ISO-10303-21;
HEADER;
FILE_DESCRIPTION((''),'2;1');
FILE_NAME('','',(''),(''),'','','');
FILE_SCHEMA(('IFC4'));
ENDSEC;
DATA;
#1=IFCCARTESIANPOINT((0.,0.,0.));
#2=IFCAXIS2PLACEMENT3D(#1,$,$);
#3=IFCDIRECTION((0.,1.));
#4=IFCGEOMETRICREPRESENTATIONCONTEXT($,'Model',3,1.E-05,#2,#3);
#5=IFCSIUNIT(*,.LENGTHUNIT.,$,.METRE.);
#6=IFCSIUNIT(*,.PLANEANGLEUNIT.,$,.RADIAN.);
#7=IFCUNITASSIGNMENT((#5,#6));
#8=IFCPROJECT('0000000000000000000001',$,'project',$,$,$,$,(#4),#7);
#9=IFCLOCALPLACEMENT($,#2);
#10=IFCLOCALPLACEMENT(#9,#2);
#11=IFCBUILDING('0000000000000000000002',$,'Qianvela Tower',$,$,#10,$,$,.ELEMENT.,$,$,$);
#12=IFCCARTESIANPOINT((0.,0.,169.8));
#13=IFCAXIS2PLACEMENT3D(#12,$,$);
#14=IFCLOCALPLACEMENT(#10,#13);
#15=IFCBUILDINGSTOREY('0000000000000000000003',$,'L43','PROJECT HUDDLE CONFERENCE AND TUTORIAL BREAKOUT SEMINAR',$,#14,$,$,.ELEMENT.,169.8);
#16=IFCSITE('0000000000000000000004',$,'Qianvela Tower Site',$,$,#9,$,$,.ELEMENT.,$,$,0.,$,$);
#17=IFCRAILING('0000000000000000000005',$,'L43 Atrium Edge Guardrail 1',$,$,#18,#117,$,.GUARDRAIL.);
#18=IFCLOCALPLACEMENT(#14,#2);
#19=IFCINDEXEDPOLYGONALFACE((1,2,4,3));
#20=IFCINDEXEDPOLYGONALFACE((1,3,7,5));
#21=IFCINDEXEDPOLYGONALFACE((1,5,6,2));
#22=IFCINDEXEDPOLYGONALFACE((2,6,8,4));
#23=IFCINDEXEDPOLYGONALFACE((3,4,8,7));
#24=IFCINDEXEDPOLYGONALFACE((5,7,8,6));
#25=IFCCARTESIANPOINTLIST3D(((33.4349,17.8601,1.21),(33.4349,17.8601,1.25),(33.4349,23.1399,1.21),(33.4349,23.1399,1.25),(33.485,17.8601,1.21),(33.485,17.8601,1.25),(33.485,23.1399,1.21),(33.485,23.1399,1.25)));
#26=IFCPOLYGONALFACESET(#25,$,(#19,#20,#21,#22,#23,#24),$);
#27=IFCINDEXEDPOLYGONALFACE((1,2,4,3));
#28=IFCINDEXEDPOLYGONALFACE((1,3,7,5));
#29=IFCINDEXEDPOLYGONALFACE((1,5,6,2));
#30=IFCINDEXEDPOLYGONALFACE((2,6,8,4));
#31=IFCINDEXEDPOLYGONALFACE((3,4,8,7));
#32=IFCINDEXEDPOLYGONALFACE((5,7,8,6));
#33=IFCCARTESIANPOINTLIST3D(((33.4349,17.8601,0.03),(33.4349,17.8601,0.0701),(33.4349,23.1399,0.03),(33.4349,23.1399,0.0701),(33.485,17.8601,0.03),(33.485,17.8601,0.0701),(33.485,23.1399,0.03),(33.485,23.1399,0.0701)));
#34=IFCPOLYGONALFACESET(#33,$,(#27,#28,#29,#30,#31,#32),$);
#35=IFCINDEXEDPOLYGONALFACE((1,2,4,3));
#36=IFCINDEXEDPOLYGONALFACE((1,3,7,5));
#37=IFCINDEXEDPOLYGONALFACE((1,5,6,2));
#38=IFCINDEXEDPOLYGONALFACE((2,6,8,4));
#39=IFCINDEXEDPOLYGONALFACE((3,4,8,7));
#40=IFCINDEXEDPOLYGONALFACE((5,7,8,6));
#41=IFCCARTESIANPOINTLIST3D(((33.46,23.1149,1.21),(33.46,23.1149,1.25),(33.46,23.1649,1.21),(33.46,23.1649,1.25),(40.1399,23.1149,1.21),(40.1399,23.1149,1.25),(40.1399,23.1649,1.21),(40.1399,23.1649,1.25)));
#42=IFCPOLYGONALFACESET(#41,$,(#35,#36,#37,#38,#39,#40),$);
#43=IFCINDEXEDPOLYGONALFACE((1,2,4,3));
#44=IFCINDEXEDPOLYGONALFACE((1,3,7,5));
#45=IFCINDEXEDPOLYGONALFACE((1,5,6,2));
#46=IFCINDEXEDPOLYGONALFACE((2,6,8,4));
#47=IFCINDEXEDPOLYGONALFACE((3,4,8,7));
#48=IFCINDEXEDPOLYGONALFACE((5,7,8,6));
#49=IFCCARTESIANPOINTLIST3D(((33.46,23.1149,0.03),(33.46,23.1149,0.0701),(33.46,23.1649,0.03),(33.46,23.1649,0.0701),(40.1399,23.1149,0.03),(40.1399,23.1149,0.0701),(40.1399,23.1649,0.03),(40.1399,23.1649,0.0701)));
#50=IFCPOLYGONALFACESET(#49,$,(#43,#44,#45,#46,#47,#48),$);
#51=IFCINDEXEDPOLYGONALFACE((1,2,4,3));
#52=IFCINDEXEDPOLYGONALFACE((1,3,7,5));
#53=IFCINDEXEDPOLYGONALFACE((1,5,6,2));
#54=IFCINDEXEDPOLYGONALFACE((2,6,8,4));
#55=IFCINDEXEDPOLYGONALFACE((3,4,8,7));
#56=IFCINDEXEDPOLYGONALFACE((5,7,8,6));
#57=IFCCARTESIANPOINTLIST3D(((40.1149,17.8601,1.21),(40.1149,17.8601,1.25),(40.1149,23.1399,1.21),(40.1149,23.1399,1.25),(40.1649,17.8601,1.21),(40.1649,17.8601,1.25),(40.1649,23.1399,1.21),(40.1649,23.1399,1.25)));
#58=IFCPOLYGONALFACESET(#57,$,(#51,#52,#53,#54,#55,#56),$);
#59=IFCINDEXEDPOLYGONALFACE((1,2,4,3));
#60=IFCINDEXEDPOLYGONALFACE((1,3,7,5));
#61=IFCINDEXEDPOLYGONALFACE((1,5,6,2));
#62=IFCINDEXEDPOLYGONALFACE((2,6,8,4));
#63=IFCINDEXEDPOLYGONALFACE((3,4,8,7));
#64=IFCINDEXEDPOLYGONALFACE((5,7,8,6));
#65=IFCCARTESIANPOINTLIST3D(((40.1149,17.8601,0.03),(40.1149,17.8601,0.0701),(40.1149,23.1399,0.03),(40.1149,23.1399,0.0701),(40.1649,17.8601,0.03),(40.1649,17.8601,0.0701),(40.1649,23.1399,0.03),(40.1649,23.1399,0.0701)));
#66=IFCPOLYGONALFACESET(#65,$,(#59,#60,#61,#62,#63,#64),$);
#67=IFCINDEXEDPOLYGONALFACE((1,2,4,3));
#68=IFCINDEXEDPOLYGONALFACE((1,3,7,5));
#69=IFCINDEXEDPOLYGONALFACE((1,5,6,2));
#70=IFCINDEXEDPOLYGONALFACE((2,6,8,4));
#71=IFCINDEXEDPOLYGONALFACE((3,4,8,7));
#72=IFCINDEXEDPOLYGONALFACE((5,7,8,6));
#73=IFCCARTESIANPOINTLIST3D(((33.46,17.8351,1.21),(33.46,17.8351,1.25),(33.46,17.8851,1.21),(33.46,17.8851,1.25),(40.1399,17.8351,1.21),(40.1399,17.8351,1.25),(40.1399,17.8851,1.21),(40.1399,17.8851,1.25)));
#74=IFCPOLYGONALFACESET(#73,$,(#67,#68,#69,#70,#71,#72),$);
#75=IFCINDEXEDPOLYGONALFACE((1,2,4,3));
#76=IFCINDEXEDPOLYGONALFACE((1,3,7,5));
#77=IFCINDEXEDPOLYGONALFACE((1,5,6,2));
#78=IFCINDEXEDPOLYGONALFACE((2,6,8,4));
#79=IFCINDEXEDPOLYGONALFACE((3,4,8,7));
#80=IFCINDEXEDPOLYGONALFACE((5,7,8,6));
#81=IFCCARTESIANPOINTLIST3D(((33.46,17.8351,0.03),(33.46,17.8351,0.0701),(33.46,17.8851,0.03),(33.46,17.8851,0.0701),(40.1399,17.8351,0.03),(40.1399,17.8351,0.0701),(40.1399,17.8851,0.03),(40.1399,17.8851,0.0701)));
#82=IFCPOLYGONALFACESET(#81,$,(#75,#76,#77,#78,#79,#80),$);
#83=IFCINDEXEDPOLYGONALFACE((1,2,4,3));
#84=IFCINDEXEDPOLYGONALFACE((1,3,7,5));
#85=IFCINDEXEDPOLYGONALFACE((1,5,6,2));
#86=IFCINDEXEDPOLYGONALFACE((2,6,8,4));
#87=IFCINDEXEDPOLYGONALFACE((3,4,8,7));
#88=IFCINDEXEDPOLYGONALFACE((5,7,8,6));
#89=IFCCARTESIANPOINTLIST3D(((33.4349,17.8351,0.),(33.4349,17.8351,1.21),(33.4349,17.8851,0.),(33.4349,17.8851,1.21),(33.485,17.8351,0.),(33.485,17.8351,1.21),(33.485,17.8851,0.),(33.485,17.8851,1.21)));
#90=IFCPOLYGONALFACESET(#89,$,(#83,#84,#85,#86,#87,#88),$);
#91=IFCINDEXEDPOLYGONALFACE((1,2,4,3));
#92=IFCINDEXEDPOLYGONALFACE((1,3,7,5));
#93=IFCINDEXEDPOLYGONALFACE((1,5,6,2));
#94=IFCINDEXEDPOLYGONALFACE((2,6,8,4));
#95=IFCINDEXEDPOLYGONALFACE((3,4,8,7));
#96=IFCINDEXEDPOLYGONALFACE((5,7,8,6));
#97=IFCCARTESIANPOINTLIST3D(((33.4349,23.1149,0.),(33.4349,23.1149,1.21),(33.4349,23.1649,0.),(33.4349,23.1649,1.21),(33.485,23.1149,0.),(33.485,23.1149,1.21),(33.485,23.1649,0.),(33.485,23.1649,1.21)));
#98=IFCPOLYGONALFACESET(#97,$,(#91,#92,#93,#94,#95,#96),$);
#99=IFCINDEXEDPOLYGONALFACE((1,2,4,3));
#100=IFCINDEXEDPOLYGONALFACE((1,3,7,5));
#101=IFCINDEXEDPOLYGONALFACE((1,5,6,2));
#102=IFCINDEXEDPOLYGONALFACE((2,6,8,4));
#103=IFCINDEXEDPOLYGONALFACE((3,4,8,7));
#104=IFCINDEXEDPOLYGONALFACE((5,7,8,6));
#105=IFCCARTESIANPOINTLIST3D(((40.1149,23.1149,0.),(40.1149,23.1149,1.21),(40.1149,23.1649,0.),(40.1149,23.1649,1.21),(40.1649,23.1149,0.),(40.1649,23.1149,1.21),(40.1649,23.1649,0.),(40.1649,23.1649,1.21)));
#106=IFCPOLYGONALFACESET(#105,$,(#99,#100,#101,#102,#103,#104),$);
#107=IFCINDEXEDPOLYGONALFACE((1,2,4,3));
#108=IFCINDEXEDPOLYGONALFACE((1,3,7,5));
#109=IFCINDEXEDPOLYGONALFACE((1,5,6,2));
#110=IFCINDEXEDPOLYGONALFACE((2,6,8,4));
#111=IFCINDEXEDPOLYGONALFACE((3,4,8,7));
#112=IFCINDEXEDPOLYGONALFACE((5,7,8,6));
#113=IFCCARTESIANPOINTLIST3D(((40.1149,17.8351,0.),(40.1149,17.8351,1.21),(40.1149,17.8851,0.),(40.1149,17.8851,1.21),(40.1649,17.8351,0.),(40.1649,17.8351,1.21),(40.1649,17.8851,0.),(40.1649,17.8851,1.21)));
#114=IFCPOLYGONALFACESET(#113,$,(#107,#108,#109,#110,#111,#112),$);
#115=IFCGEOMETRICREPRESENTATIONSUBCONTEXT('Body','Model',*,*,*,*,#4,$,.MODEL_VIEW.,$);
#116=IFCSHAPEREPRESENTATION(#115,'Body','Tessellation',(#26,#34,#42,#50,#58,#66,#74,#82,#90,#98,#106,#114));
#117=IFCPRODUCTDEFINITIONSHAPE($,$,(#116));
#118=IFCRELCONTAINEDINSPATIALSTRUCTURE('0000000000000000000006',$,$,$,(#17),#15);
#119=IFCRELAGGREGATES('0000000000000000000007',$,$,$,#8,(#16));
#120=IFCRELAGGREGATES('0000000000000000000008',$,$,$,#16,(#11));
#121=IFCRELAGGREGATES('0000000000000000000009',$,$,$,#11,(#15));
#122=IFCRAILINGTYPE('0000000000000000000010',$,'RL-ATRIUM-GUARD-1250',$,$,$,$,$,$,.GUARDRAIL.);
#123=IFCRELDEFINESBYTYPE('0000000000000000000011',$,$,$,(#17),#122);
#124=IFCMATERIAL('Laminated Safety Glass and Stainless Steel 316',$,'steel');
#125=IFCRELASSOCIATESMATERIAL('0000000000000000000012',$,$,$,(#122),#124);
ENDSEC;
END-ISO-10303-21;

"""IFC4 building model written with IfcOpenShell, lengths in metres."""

from ifc_helpers import new_model, si_unit, direction, frame, origin, origin_2d, place, context, subcontext, project, spatial, rectangle, extrude, material, type_object, element, save


model = new_model("IFC4")

# Units and contexts
model_context = context("Model", 3, precision=1e-05, world=origin(), true_north=direction((0.0, 1.0)))
body_context = subcontext(model_context, "Body", "Model", "MODEL_VIEW")
ifc_project = project(units=[si_unit("LENGTHUNIT", "METRE"), si_unit("PLANEANGLEUNIT", "RADIAN")], contexts=[model_context])

# Site, building, storey
site_placement = place(None, origin())
site = spatial("IfcSite", under=ifc_project, at=site_placement, Name="Qianvela Tower Site", CompositionType="ELEMENT", RefElevation=0.0)
building_placement = place(site_placement, origin())
building = spatial("IfcBuilding", under=site, at=building_placement, Name="Qianvela Tower", CompositionType="ELEMENT")
storey_placement = place(building_placement, frame((0.0, 0.0, 169.8)))
storey = spatial("IfcBuildingStorey", under=building, at=storey_placement, Name="L43", Description="PROJECT HUDDLE CONFERENCE AND TUTORIAL BREAKOUT SEMINAR", CompositionType="ELEMENT", Elevation=169.8)

# Railing
ifc_material_1 = material(Name="Laminated Safety Glass and Stainless Steel 316", Category="steel")
railing_type = type_object("IfcRailingType", Name="RL-ATRIUM-GUARD-1250", PredefinedType="GUARDRAIL", material=ifc_material_1)
railing_placement = place(storey_placement, frame((33.46, 17.8601, 0.0)))
element("IfcRailing", 1, at=railing_placement, inside=storey, type_object=railing_type, Name="L43 Atrium Edge Guardrail 1", PredefinedType="GUARDRAIL", context=body_context, shape_type="SweptSolid", body=[
    extrude(rectangle(XDim=0.05, YDim=0.04, at=origin_2d()), frame((0.0, 0.0, 1.23), z_axis=(0.0, 1.0, 0.0), x_axis=(-1.0, 0.0, 0.0)), (0.0, 0.0, 1.0), 5.2798),
    extrude(rectangle(XDim=0.05, YDim=0.04, at=origin_2d()), frame((0.0, 0.0, 0.05), z_axis=(0.0, 1.0, 0.0), x_axis=(-1.0, 0.0, 0.0)), (0.0, 0.0, 1.0), 5.2798),
    extrude(rectangle(XDim=0.05, YDim=0.04, at=origin_2d()), frame((0.0, 5.2798, 1.23), z_axis=(1.0, 0.0, 0.0), x_axis=(0.0, 1.0, 0.0)), (0.0, 0.0, 1.0), 6.6799),
    extrude(rectangle(XDim=0.05, YDim=0.04, at=origin_2d()), frame((0.0, 5.2798, 0.05), z_axis=(1.0, 0.0, 0.0), x_axis=(0.0, 1.0, 0.0)), (0.0, 0.0, 1.0), 6.6799),
    extrude(rectangle(XDim=0.05, YDim=0.04, at=origin_2d()), frame((6.6799, 5.2798, 1.23), z_axis=(0.0, -1.0, 0.0), x_axis=(1.0, 0.0, 0.0)), (0.0, 0.0, 1.0), 5.2798),
    extrude(rectangle(XDim=0.05, YDim=0.04, at=origin_2d()), frame((6.6799, 5.2798, 0.05), z_axis=(0.0, -1.0, 0.0), x_axis=(1.0, 0.0, 0.0)), (0.0, 0.0, 1.0), 5.2798),
    extrude(rectangle(XDim=0.05, YDim=0.04, at=origin_2d()), frame((6.6799, 0.0, 1.23), z_axis=(-1.0, 0.0, 0.0), x_axis=(0.0, -1.0, 0.0)), (0.0, 0.0, 1.0), 6.6799),
    extrude(rectangle(XDim=0.05, YDim=0.04, at=origin_2d()), frame((6.6799, 0.0, 0.05), z_axis=(-1.0, 0.0, 0.0), x_axis=(0.0, -1.0, 0.0)), (0.0, 0.0, 1.0), 6.6799),
    extrude(rectangle(XDim=0.05, YDim=0.05, at=origin_2d()), origin(), (0.0, 0.0, 1.0), 1.21),
    extrude(rectangle(XDim=0.05, YDim=0.05, at=origin_2d()), frame((0.0, 5.2798, 0.0)), (0.0, 0.0, 1.0), 1.21),
    extrude(rectangle(XDim=0.05, YDim=0.05, at=origin_2d()), frame((6.6799, 5.2798, 0.0)), (0.0, 0.0, 1.0), 1.21),
    extrude(rectangle(XDim=0.05, YDim=0.05, at=origin_2d()), frame((6.6799, 0.0, 0.0)), (0.0, 0.0, 1.0), 1.21),
])

save(model, "model.ifc")
